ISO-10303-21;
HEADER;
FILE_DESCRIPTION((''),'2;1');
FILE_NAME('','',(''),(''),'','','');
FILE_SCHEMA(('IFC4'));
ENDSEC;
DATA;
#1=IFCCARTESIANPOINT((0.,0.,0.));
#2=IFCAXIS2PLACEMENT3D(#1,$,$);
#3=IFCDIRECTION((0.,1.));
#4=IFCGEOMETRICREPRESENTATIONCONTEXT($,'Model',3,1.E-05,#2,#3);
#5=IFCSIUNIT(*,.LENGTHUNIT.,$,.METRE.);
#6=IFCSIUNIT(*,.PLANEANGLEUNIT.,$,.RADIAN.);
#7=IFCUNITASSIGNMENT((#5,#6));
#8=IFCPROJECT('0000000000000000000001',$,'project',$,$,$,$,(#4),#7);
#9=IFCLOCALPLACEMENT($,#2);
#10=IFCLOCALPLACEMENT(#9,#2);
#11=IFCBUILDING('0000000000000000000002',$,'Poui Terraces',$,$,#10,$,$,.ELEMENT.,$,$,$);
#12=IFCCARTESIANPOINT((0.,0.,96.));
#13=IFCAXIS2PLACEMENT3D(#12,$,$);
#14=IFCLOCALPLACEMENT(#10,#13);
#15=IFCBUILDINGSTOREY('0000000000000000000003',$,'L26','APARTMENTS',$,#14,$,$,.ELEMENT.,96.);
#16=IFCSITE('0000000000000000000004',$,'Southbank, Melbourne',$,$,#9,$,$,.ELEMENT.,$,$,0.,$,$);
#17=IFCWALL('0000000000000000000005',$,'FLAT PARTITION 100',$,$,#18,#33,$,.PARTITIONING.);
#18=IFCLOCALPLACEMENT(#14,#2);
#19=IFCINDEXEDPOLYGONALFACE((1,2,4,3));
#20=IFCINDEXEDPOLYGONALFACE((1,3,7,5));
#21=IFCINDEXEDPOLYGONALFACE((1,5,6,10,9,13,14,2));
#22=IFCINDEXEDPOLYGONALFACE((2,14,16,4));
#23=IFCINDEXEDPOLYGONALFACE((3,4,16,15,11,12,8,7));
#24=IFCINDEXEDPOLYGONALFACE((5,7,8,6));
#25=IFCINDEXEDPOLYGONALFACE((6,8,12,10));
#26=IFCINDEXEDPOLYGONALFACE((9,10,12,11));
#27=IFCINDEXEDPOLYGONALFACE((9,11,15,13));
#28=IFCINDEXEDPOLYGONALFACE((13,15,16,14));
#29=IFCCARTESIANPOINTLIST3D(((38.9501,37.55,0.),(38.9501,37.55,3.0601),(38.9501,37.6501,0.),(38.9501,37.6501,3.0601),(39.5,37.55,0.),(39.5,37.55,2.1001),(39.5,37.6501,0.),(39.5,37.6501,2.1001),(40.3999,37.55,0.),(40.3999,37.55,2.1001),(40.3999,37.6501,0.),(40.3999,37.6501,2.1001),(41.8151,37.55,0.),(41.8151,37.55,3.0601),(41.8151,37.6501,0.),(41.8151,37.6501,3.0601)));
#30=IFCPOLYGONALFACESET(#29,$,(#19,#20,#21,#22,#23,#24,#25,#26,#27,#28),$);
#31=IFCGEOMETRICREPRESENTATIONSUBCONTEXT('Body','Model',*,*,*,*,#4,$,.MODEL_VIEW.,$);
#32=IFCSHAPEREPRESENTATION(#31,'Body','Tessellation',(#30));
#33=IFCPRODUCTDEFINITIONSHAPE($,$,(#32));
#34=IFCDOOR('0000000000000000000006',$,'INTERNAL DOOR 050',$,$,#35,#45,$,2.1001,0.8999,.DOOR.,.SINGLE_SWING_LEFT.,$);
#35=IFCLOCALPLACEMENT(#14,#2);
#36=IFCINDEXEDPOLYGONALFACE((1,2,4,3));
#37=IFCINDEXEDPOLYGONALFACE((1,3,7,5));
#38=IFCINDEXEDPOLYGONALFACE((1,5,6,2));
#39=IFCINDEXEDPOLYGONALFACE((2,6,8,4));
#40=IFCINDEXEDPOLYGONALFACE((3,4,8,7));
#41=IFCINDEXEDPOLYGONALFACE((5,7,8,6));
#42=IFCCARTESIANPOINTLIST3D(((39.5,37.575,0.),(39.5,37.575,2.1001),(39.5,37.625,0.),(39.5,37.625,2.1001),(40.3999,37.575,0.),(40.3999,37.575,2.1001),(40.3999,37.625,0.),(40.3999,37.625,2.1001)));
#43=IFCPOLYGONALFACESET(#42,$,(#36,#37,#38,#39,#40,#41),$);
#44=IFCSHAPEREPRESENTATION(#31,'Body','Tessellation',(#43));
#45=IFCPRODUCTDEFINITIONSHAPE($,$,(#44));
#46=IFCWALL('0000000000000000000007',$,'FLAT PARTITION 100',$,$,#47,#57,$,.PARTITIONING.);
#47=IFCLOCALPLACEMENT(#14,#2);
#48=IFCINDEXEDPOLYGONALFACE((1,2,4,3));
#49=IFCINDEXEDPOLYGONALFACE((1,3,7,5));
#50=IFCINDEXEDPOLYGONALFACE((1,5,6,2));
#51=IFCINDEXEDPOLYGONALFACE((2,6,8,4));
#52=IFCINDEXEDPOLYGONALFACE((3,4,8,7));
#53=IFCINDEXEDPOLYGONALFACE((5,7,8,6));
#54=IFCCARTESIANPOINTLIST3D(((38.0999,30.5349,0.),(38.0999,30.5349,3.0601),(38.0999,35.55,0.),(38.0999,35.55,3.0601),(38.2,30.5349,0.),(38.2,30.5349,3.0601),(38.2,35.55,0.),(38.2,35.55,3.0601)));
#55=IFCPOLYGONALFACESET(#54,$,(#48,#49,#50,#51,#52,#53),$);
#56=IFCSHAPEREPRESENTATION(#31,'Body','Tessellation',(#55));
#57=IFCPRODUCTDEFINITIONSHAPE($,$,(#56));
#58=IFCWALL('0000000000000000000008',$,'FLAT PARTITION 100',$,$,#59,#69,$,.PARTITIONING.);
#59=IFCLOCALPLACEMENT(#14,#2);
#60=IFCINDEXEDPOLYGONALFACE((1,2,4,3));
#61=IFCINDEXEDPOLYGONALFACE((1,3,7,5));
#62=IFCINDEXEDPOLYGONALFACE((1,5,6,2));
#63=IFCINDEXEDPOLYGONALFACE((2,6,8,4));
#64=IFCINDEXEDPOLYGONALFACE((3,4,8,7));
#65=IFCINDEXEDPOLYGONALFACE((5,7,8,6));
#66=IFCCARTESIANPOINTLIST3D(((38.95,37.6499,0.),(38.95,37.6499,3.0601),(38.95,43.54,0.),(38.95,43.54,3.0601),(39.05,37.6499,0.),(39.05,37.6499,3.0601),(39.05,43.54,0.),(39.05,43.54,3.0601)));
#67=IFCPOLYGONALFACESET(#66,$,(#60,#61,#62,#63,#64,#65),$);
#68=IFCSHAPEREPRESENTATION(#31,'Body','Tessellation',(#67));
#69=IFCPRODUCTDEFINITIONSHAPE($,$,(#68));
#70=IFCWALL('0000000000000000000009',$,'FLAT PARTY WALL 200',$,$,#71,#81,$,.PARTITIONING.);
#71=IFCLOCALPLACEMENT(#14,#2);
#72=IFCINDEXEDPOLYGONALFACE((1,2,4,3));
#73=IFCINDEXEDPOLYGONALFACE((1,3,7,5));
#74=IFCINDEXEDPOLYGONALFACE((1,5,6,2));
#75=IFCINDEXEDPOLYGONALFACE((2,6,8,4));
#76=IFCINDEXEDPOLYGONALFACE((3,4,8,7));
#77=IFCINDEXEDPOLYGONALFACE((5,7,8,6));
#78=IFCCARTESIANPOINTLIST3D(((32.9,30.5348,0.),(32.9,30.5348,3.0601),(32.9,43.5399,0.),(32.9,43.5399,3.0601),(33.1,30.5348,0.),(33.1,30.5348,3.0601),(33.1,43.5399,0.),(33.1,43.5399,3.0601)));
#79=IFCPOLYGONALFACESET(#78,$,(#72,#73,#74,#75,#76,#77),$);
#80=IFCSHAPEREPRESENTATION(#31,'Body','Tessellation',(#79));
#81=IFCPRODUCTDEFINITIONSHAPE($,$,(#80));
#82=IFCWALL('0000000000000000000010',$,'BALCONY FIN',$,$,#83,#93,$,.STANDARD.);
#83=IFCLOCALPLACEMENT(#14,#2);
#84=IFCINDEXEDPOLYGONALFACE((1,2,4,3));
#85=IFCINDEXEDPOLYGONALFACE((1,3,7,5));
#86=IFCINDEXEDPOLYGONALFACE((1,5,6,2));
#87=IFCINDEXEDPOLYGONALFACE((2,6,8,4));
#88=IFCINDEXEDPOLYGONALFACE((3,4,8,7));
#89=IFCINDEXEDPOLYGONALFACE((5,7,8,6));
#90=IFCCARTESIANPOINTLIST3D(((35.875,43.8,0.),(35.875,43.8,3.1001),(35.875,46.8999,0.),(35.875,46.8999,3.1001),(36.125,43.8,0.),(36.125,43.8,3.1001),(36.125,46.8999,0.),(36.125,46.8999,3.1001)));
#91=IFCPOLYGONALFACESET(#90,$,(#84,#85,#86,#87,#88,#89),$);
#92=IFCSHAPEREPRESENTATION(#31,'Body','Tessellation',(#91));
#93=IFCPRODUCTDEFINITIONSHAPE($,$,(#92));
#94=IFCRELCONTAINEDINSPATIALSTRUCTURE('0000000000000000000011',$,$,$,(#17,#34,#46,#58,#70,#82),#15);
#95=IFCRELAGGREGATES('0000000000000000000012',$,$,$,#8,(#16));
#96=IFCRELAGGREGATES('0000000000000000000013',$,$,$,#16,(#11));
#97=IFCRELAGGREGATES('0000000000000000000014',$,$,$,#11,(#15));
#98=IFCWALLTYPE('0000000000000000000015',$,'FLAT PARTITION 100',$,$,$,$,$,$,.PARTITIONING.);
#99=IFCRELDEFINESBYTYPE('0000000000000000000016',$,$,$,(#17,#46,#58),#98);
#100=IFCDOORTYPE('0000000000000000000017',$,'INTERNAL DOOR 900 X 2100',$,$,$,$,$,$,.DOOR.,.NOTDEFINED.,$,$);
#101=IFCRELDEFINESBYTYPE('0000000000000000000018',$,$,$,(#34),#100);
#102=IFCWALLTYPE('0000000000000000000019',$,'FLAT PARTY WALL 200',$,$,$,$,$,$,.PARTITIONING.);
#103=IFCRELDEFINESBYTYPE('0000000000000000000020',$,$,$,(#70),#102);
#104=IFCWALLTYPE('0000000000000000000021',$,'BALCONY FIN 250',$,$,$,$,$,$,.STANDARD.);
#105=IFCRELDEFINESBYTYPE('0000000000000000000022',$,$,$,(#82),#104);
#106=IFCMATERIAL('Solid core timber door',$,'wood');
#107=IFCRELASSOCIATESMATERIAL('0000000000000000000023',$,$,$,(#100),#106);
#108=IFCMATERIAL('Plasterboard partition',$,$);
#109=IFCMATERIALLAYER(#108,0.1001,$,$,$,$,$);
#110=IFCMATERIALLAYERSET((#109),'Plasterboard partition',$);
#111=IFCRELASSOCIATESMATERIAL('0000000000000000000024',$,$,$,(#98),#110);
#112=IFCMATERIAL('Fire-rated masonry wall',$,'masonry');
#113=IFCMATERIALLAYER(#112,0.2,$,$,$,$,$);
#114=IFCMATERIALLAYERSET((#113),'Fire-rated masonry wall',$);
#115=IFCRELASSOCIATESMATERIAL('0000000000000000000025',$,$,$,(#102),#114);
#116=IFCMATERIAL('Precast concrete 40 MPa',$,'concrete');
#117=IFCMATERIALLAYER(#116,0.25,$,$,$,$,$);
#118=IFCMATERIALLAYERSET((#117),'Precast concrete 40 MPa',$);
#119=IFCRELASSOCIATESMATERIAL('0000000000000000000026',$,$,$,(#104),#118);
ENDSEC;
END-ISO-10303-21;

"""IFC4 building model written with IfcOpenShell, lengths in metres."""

from ifc_helpers import new_model, si_unit, direction, frame, frame_2d, origin, place, context, subcontext, project, spatial, polyline, rectangle, outline, extrude, source, transform, mapped, material, layer, layer_set, type_object, element, fill, save


model = new_model("IFC4")

# Units and contexts
model_context = context("Model", 3, precision=1e-05, world=origin(), true_north=direction((0.0, 1.0)))
body_context = subcontext(model_context, "Body", "Model", "MODEL_VIEW")
ifc_project = project(units=[si_unit("LENGTHUNIT", "METRE"), si_unit("PLANEANGLEUNIT", "RADIAN")], contexts=[model_context])

# Site, building, storey
site_placement = place(None, origin())
site = spatial("IfcSite", under=ifc_project, at=site_placement, Name="Southbank, Melbourne", CompositionType="ELEMENT", RefElevation=0.0)
building_placement = place(site_placement, origin())
building = spatial("IfcBuilding", under=site, at=building_placement, Name="Poui Terraces", CompositionType="ELEMENT")
storey_placement = place(building_placement, frame((0.0, 0.0, 96.0)))
storey = spatial("IfcBuildingStorey", under=building, at=storey_placement, Name="L26", Description="APARTMENTS", CompositionType="ELEMENT", Elevation=96.0)

# Wall, opening, door
ifc_material_1 = material(Name="Solid core timber door", Category="wood")
door_type_1 = type_object("IfcDoorType", Name="INTERNAL DOOR 900 X 2100", OperationType="NOTDEFINED", PredefinedType="DOOR", material=ifc_material_1)
ifc_material_2 = material(Name="Plasterboard partition")
ifc_layer_1 = layer(ifc_material_2, 0.1001)
ifc_layer_set_1 = layer_set([ifc_layer_1], Name="Plasterboard partition")
wall_type_1 = type_object("IfcWallType", Name="FLAT PARTITION 100", PredefinedType="PARTITIONING", material=ifc_layer_set_1)
wall_1_placement = place(storey_placement, frame((38.95, 37.6001, 0.0), z_axis=(0.0, 0.0, 1.0), x_axis=(1.0, 0.0, 0.0)))
wall_1 = element("IfcWall", 1, at=wall_1_placement, inside=storey, type_object=wall_type_1, Name="FLAT PARTITION 100", PredefinedType="PARTITIONING", context=body_context, shape_type="SweptSolid", body=[
    extrude(rectangle(XDim=2.865, YDim=0.1001, at=frame_2d((1.4326, 0.0))), origin(), (0.0, 0.0, 1.0), 3.0601),
])
opening_1_placement = place(wall_1_placement, frame((0.55, 0.0, 0.0)))
opening_1 = element("IfcOpeningElement", 2, at=opening_1_placement, cuts=wall_1, PredefinedType="OPENING", context=body_context, shape_type="SweptSolid", body=[
    extrude(rectangle(XDim=0.8999, YDim=2.1001, at=frame_2d((0.45, 1.05))), frame((0.0, 0.0601, 0.0), z_axis=(0.0, -1.0, 0.0), x_axis=(1.0, 0.0, 0.0)), (0.0, 0.0, 1.0), 0.1201),
])
door_1_placement = place(opening_1_placement, origin())
door_1 = element("IfcDoor", 3, at=door_1_placement, inside=storey, type_object=door_type_1, Name="INTERNAL DOOR 050", OperationType="SINGLE_SWING_LEFT", OverallHeight=2.1001, OverallWidth=0.8999, PredefinedType="DOOR", context=body_context, shape_type="SweptSolid", body=[
    extrude(rectangle(XDim=0.8999, YDim=2.1001, at=frame_2d((0.45, 1.05))), frame((0.0, 0.0249, 0.0), z_axis=(0.0, -1.0, 0.0), x_axis=(1.0, 0.0, 0.0)), (0.0, 0.0, 1.0), 0.05),
])
fill(opening_1, door_1)

# Walls
wall_2_placement = place(storey_placement, frame((38.1499, 30.5349, 0.0), z_axis=(0.0, 0.0, 1.0), x_axis=(0.0, 1.0, 0.0)))
element("IfcWall", 4, at=wall_2_placement, inside=storey, type_object=wall_type_1, Name="FLAT PARTITION 100", PredefinedType="PARTITIONING", context=body_context, shape_type="SweptSolid", body=[
    extrude(rectangle(XDim=5.0151, YDim=0.1001, at=frame_2d((2.5076, 0.0))), origin(), (0.0, 0.0, 1.0), 3.0601),
])
wall_3_placement = place(storey_placement, frame((39.0, 37.6499, 0.0), z_axis=(0.0, 0.0, 1.0), x_axis=(0.0, 1.0, 0.0)))
element("IfcWall", 5, at=wall_3_placement, inside=storey, type_object=wall_type_1, Name="FLAT PARTITION 100", PredefinedType="PARTITIONING", context=body_context, shape_type="SweptSolid", body=[
    extrude(rectangle(XDim=5.8901, YDim=0.1001, at=frame_2d((2.9451, 0.0))), origin(), (0.0, 0.0, 1.0), 3.0601),
])
ifc_material_3 = material(Name="Fire-rated masonry wall", Category="masonry")
ifc_layer_2 = layer(ifc_material_3, 0.2)
ifc_layer_set_2 = layer_set([ifc_layer_2], Name="Fire-rated masonry wall")
wall_type_2 = type_object("IfcWallType", Name="FLAT PARTY WALL 200", PredefinedType="PARTITIONING", material=ifc_layer_set_2)
wall_4_placement = place(storey_placement, frame((33.0, 30.5349, 0.0), z_axis=(0.0, 0.0, 1.0), x_axis=(0.0, 1.0, 0.0)))
element("IfcWall", 6, at=wall_4_placement, inside=storey, type_object=wall_type_2, Name="FLAT PARTY WALL 200", PredefinedType="PARTITIONING", context=body_context, shape_type="SweptSolid", body=[
    extrude(rectangle(XDim=13.0051, YDim=0.2, at=frame_2d((6.5024, 0.0))), origin(), (0.0, 0.0, 1.0), 3.0601),
])
ifc_material_4 = material(Name="Precast concrete 40 MPa", Category="concrete")
ifc_layer_3 = layer(ifc_material_4, 0.25)
ifc_layer_set_3 = layer_set([ifc_layer_3], Name="Precast concrete 40 MPa")
wall_type_3 = type_object("IfcWallType", Name="BALCONY FIN 250", PredefinedType="STANDARD", material=ifc_layer_set_3)
shared_shape_1 = source(origin(), body_context, "Body", "SweptSolid", [
    extrude(outline(polyline([(0.0, 0.0), (0.25, 0.0), (0.25, 3.0999), (0.0, 3.0999), (0.0, 0.0)])), origin(), (0.0, 0.0, 1.0), 3.1001),
])
wall_5_placement = place(storey_placement, frame((35.875, 43.8, 0.0)))
element("IfcWall", 7, at=wall_5_placement, inside=storey, type_object=wall_type_3, Name="BALCONY FIN", PredefinedType="STANDARD", context=body_context, shape_type="MappedRepresentation", body=[
    mapped(shared_shape_1, transform((0.0, 0.0, 0.0))),
])

save(model, "model.ifc")
